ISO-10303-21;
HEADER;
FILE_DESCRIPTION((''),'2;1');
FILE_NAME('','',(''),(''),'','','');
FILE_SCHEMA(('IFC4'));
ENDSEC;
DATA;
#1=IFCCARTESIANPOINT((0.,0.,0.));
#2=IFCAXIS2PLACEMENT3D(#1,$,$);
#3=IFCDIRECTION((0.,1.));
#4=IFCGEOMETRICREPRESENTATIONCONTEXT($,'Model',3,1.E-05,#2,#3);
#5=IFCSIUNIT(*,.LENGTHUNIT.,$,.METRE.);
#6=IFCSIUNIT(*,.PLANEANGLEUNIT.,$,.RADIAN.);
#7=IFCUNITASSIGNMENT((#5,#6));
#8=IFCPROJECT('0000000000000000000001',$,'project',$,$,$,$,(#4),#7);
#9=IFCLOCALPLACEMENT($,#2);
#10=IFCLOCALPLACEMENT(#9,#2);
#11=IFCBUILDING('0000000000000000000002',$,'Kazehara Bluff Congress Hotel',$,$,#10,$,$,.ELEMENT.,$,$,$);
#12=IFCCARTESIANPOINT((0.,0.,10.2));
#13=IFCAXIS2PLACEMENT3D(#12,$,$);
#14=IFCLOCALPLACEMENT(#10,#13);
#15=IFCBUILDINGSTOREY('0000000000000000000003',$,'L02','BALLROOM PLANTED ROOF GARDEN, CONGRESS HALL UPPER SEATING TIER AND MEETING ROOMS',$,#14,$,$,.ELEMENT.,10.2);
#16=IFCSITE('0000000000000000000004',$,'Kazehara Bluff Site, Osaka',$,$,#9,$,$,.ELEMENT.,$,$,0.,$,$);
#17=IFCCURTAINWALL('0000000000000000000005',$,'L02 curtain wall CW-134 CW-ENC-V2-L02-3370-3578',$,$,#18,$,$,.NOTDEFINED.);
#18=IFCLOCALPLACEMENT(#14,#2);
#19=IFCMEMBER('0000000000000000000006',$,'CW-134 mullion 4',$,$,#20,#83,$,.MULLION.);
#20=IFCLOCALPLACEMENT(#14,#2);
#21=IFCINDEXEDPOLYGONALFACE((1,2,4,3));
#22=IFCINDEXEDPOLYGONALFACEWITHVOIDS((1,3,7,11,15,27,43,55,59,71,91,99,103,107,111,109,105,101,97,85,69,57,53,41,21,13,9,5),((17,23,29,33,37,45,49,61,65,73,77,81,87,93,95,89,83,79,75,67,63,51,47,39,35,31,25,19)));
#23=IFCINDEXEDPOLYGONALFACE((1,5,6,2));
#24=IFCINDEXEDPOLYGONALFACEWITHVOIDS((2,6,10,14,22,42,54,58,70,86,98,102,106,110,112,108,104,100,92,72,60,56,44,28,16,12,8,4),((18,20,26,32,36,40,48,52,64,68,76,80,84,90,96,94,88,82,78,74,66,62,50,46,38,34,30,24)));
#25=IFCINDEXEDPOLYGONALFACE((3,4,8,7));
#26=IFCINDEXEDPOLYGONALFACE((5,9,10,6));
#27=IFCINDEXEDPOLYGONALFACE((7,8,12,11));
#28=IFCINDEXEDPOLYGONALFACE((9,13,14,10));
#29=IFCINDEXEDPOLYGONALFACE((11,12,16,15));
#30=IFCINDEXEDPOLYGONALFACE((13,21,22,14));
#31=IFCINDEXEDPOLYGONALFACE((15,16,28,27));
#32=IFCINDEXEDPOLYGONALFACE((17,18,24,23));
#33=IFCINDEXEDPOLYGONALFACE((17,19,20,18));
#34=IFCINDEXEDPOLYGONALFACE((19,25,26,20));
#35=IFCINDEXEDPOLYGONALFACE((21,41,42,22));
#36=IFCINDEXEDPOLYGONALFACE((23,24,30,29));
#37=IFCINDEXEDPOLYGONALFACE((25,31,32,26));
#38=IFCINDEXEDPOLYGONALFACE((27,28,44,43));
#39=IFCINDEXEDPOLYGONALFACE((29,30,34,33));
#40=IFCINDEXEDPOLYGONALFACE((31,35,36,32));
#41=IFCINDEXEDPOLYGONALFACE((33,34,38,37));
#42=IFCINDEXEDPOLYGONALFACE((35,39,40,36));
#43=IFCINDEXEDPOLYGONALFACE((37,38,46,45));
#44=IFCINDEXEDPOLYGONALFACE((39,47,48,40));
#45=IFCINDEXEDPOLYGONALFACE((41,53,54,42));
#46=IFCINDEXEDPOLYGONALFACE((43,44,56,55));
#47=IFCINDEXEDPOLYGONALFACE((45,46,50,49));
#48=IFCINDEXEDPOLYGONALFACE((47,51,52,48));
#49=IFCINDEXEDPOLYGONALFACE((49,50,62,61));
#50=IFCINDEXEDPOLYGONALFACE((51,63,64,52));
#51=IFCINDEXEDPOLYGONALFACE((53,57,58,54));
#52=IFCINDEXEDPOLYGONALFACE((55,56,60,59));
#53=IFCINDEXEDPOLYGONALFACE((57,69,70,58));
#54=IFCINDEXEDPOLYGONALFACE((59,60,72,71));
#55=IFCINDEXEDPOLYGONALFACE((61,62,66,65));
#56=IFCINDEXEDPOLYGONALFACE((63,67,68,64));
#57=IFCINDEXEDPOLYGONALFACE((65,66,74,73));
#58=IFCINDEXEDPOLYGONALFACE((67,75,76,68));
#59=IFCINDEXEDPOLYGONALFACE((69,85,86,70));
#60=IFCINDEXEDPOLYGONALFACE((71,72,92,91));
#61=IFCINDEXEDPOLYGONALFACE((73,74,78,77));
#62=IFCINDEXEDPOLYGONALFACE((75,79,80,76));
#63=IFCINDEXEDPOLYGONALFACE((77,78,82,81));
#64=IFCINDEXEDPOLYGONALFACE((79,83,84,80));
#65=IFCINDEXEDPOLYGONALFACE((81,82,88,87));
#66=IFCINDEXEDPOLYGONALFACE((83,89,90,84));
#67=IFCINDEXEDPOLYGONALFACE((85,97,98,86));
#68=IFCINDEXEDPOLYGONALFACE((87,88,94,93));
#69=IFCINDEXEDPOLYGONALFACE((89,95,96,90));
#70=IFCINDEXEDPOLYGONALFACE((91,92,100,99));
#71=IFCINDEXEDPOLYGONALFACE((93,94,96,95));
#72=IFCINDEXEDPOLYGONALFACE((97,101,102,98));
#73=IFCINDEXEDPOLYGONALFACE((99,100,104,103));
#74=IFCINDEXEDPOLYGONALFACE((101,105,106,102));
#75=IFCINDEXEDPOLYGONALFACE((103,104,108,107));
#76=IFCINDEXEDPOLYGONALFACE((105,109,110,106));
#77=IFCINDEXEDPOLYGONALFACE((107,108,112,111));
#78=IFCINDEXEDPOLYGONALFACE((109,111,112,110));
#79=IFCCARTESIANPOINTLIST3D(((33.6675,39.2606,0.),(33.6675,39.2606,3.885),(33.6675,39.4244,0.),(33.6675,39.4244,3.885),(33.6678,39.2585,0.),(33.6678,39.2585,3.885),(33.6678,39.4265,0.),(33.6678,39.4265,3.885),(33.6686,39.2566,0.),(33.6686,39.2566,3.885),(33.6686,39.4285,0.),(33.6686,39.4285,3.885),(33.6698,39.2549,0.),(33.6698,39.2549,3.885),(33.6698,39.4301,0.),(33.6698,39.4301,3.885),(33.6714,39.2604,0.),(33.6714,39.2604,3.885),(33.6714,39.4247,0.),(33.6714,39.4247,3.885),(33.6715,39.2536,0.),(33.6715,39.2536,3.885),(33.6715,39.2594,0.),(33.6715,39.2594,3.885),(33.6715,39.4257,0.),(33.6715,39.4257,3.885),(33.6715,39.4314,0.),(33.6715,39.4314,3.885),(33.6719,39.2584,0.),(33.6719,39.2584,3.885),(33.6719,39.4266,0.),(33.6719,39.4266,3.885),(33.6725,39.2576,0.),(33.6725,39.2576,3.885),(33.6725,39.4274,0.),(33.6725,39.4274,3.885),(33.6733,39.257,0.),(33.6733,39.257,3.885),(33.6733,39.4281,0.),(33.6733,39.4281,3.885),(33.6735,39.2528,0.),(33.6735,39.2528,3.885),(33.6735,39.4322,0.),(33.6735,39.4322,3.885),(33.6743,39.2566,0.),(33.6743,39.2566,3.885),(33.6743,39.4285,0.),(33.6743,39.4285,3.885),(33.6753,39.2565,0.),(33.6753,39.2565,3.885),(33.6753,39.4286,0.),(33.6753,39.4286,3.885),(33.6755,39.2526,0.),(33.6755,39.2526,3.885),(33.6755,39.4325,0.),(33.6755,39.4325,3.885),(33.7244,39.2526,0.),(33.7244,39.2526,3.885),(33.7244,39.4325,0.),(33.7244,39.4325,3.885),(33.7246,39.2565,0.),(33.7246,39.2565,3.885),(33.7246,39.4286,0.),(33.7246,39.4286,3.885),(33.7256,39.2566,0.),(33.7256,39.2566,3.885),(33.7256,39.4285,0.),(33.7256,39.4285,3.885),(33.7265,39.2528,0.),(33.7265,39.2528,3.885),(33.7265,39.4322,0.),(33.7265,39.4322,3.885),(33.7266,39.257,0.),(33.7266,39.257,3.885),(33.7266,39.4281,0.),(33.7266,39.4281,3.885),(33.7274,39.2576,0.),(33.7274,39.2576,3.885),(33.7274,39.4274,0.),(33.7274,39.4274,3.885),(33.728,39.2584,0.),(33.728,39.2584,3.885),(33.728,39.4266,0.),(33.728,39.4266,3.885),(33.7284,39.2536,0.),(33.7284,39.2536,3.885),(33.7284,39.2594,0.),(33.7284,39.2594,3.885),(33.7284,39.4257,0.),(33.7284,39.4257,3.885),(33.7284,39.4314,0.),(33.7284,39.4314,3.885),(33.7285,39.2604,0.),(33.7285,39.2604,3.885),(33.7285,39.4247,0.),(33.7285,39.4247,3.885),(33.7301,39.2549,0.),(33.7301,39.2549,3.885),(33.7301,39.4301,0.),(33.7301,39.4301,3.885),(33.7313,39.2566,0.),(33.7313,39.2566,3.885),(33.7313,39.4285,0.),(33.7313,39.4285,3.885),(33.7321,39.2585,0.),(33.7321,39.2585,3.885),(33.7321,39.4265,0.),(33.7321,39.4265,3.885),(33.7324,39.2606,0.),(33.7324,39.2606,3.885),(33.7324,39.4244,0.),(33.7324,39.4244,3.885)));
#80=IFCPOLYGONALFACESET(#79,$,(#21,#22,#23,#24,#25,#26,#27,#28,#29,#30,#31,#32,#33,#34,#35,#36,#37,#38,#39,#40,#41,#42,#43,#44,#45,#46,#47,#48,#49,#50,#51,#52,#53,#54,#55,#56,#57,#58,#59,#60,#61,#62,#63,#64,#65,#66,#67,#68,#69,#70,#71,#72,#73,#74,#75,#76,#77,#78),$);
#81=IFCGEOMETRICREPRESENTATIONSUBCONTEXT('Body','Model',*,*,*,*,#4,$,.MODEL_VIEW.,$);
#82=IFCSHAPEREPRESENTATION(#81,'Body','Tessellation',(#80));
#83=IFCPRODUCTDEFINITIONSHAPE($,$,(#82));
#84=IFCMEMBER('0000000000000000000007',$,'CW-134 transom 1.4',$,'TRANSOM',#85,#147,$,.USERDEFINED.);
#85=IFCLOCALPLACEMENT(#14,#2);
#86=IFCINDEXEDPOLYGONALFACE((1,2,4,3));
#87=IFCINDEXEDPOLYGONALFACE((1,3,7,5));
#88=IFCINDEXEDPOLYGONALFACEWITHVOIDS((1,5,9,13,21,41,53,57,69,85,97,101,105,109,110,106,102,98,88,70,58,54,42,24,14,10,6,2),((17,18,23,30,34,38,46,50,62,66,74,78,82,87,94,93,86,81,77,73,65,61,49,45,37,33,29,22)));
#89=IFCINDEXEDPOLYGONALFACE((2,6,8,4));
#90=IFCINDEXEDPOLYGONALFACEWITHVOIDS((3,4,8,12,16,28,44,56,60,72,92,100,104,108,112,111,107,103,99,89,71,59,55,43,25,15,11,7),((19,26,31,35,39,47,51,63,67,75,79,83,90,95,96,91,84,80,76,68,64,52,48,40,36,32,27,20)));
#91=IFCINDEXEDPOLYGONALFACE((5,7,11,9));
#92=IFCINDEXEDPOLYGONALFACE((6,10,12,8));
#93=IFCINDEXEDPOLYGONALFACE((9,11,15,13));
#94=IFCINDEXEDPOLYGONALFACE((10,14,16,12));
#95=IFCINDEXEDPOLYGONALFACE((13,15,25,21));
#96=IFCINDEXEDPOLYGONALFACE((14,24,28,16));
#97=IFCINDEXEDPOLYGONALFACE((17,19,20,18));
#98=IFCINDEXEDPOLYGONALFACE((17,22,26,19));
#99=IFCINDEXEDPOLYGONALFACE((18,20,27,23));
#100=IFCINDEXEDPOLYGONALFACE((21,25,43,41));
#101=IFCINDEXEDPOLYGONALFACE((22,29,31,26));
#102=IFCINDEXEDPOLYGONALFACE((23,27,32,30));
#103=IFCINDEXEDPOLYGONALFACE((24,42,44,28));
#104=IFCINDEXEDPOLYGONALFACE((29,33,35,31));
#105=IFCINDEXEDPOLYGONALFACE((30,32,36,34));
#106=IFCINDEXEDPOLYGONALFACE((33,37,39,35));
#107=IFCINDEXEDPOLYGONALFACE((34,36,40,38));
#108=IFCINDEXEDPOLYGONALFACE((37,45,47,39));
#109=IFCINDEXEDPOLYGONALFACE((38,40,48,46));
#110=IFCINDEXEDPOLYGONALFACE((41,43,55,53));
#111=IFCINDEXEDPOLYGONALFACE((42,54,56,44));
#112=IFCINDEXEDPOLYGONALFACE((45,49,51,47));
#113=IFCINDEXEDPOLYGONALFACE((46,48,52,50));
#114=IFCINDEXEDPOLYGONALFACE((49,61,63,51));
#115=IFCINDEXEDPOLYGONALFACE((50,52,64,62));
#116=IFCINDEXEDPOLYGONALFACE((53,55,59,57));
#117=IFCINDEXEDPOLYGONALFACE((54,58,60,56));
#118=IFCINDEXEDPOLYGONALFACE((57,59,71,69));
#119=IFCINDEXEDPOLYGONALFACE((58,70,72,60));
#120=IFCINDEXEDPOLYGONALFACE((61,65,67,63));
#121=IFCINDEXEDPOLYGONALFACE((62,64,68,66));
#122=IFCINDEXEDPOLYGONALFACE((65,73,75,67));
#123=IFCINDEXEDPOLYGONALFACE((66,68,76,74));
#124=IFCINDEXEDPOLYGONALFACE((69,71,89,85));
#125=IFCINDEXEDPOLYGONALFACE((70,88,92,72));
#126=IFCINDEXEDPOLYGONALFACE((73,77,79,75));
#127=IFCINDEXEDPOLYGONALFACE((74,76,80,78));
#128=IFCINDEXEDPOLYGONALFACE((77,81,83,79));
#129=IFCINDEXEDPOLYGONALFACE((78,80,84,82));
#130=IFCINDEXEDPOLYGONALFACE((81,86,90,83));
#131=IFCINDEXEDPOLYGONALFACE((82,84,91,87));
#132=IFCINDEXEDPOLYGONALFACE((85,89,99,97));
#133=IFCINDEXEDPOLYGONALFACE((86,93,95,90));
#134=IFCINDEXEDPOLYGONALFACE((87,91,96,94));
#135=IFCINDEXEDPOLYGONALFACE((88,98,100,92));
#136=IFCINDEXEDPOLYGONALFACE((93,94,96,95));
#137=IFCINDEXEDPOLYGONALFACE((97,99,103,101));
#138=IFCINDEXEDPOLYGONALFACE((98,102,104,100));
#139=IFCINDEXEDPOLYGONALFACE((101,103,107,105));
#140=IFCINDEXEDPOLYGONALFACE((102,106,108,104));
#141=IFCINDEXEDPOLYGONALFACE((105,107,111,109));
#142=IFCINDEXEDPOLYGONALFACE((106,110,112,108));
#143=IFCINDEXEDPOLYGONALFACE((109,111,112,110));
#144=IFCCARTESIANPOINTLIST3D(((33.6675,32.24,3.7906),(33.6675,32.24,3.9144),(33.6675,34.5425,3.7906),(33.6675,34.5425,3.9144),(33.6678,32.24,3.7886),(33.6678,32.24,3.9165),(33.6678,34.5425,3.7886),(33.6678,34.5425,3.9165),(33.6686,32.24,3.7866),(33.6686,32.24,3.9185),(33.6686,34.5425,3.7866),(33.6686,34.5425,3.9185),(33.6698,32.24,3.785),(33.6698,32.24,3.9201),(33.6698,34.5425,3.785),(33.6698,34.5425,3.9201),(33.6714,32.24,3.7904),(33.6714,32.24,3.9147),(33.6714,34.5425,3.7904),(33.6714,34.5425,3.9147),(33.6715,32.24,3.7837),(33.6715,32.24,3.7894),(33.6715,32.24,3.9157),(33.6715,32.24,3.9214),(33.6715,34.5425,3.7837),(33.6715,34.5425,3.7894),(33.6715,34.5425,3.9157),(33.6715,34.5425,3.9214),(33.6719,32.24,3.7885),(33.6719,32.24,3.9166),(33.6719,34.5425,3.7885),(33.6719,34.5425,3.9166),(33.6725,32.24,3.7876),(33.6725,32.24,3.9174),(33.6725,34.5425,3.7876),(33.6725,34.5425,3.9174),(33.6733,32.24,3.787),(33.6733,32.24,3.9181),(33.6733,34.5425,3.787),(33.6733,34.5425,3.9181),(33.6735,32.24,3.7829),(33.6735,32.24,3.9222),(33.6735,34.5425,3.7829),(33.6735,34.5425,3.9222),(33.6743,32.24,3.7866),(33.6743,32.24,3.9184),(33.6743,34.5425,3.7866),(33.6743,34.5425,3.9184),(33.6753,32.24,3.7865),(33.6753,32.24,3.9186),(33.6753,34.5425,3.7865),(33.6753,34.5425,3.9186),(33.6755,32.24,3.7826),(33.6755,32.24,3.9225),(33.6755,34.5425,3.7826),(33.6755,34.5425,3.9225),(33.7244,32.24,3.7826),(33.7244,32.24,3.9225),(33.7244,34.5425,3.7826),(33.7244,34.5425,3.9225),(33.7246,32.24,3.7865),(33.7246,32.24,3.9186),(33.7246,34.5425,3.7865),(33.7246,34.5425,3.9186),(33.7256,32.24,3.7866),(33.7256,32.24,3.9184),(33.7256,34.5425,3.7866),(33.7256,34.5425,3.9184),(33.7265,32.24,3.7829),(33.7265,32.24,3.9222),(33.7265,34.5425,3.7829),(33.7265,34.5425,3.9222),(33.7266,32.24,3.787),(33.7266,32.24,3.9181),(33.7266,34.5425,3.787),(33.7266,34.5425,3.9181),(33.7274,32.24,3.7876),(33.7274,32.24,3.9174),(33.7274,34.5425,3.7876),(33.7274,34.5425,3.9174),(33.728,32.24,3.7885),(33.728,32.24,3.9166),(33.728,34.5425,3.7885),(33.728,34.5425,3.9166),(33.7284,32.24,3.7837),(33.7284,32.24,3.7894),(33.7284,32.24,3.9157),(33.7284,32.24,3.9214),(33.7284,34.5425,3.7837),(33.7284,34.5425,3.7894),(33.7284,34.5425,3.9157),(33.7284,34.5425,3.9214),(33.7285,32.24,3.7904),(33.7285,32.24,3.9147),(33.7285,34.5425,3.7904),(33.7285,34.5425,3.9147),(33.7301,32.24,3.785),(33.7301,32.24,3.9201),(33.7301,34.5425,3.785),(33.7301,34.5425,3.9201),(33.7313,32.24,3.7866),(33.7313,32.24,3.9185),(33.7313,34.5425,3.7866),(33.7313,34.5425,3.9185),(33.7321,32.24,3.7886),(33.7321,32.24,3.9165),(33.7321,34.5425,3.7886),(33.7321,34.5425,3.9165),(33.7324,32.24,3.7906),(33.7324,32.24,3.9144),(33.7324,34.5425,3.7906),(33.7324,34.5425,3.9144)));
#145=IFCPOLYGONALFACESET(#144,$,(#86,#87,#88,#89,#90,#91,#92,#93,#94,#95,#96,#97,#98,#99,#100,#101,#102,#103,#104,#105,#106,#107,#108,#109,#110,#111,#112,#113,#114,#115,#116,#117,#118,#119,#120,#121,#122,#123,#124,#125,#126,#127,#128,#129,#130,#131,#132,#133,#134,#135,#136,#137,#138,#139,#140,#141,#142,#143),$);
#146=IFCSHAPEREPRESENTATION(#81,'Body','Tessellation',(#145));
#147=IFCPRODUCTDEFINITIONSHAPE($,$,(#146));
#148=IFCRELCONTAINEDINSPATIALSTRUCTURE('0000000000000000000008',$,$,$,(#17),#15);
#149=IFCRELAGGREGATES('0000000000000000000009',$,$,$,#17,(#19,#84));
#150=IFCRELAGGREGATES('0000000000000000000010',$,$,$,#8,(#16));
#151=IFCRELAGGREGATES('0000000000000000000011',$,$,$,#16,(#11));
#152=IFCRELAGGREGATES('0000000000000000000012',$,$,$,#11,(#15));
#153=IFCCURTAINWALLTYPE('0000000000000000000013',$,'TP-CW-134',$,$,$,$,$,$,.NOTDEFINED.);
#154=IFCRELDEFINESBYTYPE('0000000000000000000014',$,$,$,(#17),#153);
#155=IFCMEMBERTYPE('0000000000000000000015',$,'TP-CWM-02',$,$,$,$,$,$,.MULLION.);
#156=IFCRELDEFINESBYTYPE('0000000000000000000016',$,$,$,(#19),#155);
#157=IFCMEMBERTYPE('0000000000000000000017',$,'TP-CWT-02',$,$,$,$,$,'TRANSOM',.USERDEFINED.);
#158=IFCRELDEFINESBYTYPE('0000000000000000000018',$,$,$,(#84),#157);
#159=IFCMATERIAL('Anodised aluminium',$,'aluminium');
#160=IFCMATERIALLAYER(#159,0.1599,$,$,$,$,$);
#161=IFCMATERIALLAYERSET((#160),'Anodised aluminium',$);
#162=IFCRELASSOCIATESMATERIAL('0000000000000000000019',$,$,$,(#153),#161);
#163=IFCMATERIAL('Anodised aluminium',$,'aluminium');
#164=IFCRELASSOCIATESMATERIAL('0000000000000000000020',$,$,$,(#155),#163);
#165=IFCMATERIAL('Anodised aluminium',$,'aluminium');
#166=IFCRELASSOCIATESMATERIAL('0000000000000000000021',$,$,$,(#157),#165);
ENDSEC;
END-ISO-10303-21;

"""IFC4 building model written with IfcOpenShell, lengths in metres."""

from ifc_helpers import new_model, si_unit, direction, frame, origin, origin_2d, place, context, subcontext, project, spatial, hollow_rectangle, extrude, material, layer, layer_set, material_profile, profile_set, type_object, element, aggregate, save


model = new_model("IFC4")

# Units and contexts
model_context = context("Model", 3, precision=1e-05, world=origin(), true_north=direction((0.0, 1.0)))
body_context = subcontext(model_context, "Body", "Model", "MODEL_VIEW")
ifc_project = project(units=[si_unit("LENGTHUNIT", "METRE"), si_unit("PLANEANGLEUNIT", "RADIAN")], contexts=[model_context])

# Site, building, storey
site_placement = place(None, origin())
site = spatial("IfcSite", under=ifc_project, at=site_placement, Name="Kazehara Bluff Site, Osaka", CompositionType="ELEMENT", RefElevation=0.0)
building_placement = place(site_placement, origin())
building = spatial("IfcBuilding", under=site, at=building_placement, Name="Kazehara Bluff Congress Hotel", CompositionType="ELEMENT")
storey_placement = place(building_placement, frame((0.0, 0.0, 10.2)))
storey = spatial("IfcBuildingStorey", under=building, at=storey_placement, Name="L02", Description="BALLROOM PLANTED ROOF GARDEN, CONGRESS HALL UPPER SEATING TIER AND MEETING ROOMS", CompositionType="ELEMENT", Elevation=10.2)

# Curtain wall, members
ifc_material_1 = material(Name="Anodised aluminium", Category="aluminium")
ifc_layer_1 = layer(ifc_material_1, 0.1599)
ifc_layer_set_1 = layer_set([ifc_layer_1], Name="Anodised aluminium")
curtain_wall_type_1 = type_object("IfcCurtainWallType", Name="TP-CW-134", PredefinedType="NOTDEFINED", material=ifc_layer_set_1)
curtain_wall_1_placement = place(storey_placement, origin())
curtain_wall_1 = element("IfcCurtainWall", 1, at=curtain_wall_1_placement, inside=storey, type_object=curtain_wall_type_1, Name="L02 curtain wall CW-134 CW-ENC-V2-L02-3370-3578", PredefinedType="NOTDEFINED")
ifc_material_2 = material(Name="Anodised aluminium", Category="aluminium")
ifc_material_profile_1 = material_profile(ifc_material_2, hollow_rectangle(XDim=0.0649, YDim=0.1799, WallThickness=0.0039, InnerFilletRadius=0.0039, OuterFilletRadius=0.0081, at=origin_2d()))
ifc_profile_set_1 = profile_set([ifc_material_profile_1], Name="Anodised aluminium")
member_type_1 = type_object("IfcMemberType", Name="TP-CWM-02", PredefinedType="MULLION", material=ifc_profile_set_1)
member_1_placement = place(storey_placement, frame((33.7, 39.3425, 0.0), z_axis=(0.0, 0.0, 1.0), x_axis=(-1.0, 0.0, 0.0)))
member_1 = element("IfcMember", 2, at=member_1_placement, type_object=member_type_1, Name="CW-134 mullion 4", PredefinedType="MULLION", context=body_context, shape_type="SweptSolid", body=[
    extrude(hollow_rectangle(XDim=0.0649, YDim=0.1799, WallThickness=0.0039, InnerFilletRadius=0.0039, OuterFilletRadius=0.0081, at=origin_2d()), origin(), (0.0, 0.0, 1.0), 3.885),
])
ifc_material_3 = material(Name="Anodised aluminium", Category="aluminium")
ifc_material_profile_2 = material_profile(ifc_material_3, hollow_rectangle(XDim=0.0649, YDim=0.1399, WallThickness=0.0039, InnerFilletRadius=0.0039, OuterFilletRadius=0.0081, at=origin_2d()))
ifc_profile_set_2 = profile_set([ifc_material_profile_2], Name="Anodised aluminium")
member_type_2 = type_object("IfcMemberType", Name="TP-CWT-02", ElementType="TRANSOM", PredefinedType="USERDEFINED", material=ifc_profile_set_2)
member_2_placement = place(storey_placement, frame((33.7, 32.24, 3.8525), z_axis=(0.0, 1.0, 0.0), x_axis=(-1.0, 0.0, 0.0)))
member_2 = element("IfcMember", 3, at=member_2_placement, type_object=member_type_2, Name="CW-134 transom 1.4", ObjectType="TRANSOM", PredefinedType="USERDEFINED", context=body_context, shape_type="SweptSolid", body=[
    extrude(hollow_rectangle(XDim=0.0649, YDim=0.1399, WallThickness=0.0039, InnerFilletRadius=0.0039, OuterFilletRadius=0.0081, at=origin_2d()), origin(), (0.0, 0.0, 1.0), 2.3025),
])

aggregate(curtain_wall_1, [member_1, member_2])

save(model, "model.ifc")
